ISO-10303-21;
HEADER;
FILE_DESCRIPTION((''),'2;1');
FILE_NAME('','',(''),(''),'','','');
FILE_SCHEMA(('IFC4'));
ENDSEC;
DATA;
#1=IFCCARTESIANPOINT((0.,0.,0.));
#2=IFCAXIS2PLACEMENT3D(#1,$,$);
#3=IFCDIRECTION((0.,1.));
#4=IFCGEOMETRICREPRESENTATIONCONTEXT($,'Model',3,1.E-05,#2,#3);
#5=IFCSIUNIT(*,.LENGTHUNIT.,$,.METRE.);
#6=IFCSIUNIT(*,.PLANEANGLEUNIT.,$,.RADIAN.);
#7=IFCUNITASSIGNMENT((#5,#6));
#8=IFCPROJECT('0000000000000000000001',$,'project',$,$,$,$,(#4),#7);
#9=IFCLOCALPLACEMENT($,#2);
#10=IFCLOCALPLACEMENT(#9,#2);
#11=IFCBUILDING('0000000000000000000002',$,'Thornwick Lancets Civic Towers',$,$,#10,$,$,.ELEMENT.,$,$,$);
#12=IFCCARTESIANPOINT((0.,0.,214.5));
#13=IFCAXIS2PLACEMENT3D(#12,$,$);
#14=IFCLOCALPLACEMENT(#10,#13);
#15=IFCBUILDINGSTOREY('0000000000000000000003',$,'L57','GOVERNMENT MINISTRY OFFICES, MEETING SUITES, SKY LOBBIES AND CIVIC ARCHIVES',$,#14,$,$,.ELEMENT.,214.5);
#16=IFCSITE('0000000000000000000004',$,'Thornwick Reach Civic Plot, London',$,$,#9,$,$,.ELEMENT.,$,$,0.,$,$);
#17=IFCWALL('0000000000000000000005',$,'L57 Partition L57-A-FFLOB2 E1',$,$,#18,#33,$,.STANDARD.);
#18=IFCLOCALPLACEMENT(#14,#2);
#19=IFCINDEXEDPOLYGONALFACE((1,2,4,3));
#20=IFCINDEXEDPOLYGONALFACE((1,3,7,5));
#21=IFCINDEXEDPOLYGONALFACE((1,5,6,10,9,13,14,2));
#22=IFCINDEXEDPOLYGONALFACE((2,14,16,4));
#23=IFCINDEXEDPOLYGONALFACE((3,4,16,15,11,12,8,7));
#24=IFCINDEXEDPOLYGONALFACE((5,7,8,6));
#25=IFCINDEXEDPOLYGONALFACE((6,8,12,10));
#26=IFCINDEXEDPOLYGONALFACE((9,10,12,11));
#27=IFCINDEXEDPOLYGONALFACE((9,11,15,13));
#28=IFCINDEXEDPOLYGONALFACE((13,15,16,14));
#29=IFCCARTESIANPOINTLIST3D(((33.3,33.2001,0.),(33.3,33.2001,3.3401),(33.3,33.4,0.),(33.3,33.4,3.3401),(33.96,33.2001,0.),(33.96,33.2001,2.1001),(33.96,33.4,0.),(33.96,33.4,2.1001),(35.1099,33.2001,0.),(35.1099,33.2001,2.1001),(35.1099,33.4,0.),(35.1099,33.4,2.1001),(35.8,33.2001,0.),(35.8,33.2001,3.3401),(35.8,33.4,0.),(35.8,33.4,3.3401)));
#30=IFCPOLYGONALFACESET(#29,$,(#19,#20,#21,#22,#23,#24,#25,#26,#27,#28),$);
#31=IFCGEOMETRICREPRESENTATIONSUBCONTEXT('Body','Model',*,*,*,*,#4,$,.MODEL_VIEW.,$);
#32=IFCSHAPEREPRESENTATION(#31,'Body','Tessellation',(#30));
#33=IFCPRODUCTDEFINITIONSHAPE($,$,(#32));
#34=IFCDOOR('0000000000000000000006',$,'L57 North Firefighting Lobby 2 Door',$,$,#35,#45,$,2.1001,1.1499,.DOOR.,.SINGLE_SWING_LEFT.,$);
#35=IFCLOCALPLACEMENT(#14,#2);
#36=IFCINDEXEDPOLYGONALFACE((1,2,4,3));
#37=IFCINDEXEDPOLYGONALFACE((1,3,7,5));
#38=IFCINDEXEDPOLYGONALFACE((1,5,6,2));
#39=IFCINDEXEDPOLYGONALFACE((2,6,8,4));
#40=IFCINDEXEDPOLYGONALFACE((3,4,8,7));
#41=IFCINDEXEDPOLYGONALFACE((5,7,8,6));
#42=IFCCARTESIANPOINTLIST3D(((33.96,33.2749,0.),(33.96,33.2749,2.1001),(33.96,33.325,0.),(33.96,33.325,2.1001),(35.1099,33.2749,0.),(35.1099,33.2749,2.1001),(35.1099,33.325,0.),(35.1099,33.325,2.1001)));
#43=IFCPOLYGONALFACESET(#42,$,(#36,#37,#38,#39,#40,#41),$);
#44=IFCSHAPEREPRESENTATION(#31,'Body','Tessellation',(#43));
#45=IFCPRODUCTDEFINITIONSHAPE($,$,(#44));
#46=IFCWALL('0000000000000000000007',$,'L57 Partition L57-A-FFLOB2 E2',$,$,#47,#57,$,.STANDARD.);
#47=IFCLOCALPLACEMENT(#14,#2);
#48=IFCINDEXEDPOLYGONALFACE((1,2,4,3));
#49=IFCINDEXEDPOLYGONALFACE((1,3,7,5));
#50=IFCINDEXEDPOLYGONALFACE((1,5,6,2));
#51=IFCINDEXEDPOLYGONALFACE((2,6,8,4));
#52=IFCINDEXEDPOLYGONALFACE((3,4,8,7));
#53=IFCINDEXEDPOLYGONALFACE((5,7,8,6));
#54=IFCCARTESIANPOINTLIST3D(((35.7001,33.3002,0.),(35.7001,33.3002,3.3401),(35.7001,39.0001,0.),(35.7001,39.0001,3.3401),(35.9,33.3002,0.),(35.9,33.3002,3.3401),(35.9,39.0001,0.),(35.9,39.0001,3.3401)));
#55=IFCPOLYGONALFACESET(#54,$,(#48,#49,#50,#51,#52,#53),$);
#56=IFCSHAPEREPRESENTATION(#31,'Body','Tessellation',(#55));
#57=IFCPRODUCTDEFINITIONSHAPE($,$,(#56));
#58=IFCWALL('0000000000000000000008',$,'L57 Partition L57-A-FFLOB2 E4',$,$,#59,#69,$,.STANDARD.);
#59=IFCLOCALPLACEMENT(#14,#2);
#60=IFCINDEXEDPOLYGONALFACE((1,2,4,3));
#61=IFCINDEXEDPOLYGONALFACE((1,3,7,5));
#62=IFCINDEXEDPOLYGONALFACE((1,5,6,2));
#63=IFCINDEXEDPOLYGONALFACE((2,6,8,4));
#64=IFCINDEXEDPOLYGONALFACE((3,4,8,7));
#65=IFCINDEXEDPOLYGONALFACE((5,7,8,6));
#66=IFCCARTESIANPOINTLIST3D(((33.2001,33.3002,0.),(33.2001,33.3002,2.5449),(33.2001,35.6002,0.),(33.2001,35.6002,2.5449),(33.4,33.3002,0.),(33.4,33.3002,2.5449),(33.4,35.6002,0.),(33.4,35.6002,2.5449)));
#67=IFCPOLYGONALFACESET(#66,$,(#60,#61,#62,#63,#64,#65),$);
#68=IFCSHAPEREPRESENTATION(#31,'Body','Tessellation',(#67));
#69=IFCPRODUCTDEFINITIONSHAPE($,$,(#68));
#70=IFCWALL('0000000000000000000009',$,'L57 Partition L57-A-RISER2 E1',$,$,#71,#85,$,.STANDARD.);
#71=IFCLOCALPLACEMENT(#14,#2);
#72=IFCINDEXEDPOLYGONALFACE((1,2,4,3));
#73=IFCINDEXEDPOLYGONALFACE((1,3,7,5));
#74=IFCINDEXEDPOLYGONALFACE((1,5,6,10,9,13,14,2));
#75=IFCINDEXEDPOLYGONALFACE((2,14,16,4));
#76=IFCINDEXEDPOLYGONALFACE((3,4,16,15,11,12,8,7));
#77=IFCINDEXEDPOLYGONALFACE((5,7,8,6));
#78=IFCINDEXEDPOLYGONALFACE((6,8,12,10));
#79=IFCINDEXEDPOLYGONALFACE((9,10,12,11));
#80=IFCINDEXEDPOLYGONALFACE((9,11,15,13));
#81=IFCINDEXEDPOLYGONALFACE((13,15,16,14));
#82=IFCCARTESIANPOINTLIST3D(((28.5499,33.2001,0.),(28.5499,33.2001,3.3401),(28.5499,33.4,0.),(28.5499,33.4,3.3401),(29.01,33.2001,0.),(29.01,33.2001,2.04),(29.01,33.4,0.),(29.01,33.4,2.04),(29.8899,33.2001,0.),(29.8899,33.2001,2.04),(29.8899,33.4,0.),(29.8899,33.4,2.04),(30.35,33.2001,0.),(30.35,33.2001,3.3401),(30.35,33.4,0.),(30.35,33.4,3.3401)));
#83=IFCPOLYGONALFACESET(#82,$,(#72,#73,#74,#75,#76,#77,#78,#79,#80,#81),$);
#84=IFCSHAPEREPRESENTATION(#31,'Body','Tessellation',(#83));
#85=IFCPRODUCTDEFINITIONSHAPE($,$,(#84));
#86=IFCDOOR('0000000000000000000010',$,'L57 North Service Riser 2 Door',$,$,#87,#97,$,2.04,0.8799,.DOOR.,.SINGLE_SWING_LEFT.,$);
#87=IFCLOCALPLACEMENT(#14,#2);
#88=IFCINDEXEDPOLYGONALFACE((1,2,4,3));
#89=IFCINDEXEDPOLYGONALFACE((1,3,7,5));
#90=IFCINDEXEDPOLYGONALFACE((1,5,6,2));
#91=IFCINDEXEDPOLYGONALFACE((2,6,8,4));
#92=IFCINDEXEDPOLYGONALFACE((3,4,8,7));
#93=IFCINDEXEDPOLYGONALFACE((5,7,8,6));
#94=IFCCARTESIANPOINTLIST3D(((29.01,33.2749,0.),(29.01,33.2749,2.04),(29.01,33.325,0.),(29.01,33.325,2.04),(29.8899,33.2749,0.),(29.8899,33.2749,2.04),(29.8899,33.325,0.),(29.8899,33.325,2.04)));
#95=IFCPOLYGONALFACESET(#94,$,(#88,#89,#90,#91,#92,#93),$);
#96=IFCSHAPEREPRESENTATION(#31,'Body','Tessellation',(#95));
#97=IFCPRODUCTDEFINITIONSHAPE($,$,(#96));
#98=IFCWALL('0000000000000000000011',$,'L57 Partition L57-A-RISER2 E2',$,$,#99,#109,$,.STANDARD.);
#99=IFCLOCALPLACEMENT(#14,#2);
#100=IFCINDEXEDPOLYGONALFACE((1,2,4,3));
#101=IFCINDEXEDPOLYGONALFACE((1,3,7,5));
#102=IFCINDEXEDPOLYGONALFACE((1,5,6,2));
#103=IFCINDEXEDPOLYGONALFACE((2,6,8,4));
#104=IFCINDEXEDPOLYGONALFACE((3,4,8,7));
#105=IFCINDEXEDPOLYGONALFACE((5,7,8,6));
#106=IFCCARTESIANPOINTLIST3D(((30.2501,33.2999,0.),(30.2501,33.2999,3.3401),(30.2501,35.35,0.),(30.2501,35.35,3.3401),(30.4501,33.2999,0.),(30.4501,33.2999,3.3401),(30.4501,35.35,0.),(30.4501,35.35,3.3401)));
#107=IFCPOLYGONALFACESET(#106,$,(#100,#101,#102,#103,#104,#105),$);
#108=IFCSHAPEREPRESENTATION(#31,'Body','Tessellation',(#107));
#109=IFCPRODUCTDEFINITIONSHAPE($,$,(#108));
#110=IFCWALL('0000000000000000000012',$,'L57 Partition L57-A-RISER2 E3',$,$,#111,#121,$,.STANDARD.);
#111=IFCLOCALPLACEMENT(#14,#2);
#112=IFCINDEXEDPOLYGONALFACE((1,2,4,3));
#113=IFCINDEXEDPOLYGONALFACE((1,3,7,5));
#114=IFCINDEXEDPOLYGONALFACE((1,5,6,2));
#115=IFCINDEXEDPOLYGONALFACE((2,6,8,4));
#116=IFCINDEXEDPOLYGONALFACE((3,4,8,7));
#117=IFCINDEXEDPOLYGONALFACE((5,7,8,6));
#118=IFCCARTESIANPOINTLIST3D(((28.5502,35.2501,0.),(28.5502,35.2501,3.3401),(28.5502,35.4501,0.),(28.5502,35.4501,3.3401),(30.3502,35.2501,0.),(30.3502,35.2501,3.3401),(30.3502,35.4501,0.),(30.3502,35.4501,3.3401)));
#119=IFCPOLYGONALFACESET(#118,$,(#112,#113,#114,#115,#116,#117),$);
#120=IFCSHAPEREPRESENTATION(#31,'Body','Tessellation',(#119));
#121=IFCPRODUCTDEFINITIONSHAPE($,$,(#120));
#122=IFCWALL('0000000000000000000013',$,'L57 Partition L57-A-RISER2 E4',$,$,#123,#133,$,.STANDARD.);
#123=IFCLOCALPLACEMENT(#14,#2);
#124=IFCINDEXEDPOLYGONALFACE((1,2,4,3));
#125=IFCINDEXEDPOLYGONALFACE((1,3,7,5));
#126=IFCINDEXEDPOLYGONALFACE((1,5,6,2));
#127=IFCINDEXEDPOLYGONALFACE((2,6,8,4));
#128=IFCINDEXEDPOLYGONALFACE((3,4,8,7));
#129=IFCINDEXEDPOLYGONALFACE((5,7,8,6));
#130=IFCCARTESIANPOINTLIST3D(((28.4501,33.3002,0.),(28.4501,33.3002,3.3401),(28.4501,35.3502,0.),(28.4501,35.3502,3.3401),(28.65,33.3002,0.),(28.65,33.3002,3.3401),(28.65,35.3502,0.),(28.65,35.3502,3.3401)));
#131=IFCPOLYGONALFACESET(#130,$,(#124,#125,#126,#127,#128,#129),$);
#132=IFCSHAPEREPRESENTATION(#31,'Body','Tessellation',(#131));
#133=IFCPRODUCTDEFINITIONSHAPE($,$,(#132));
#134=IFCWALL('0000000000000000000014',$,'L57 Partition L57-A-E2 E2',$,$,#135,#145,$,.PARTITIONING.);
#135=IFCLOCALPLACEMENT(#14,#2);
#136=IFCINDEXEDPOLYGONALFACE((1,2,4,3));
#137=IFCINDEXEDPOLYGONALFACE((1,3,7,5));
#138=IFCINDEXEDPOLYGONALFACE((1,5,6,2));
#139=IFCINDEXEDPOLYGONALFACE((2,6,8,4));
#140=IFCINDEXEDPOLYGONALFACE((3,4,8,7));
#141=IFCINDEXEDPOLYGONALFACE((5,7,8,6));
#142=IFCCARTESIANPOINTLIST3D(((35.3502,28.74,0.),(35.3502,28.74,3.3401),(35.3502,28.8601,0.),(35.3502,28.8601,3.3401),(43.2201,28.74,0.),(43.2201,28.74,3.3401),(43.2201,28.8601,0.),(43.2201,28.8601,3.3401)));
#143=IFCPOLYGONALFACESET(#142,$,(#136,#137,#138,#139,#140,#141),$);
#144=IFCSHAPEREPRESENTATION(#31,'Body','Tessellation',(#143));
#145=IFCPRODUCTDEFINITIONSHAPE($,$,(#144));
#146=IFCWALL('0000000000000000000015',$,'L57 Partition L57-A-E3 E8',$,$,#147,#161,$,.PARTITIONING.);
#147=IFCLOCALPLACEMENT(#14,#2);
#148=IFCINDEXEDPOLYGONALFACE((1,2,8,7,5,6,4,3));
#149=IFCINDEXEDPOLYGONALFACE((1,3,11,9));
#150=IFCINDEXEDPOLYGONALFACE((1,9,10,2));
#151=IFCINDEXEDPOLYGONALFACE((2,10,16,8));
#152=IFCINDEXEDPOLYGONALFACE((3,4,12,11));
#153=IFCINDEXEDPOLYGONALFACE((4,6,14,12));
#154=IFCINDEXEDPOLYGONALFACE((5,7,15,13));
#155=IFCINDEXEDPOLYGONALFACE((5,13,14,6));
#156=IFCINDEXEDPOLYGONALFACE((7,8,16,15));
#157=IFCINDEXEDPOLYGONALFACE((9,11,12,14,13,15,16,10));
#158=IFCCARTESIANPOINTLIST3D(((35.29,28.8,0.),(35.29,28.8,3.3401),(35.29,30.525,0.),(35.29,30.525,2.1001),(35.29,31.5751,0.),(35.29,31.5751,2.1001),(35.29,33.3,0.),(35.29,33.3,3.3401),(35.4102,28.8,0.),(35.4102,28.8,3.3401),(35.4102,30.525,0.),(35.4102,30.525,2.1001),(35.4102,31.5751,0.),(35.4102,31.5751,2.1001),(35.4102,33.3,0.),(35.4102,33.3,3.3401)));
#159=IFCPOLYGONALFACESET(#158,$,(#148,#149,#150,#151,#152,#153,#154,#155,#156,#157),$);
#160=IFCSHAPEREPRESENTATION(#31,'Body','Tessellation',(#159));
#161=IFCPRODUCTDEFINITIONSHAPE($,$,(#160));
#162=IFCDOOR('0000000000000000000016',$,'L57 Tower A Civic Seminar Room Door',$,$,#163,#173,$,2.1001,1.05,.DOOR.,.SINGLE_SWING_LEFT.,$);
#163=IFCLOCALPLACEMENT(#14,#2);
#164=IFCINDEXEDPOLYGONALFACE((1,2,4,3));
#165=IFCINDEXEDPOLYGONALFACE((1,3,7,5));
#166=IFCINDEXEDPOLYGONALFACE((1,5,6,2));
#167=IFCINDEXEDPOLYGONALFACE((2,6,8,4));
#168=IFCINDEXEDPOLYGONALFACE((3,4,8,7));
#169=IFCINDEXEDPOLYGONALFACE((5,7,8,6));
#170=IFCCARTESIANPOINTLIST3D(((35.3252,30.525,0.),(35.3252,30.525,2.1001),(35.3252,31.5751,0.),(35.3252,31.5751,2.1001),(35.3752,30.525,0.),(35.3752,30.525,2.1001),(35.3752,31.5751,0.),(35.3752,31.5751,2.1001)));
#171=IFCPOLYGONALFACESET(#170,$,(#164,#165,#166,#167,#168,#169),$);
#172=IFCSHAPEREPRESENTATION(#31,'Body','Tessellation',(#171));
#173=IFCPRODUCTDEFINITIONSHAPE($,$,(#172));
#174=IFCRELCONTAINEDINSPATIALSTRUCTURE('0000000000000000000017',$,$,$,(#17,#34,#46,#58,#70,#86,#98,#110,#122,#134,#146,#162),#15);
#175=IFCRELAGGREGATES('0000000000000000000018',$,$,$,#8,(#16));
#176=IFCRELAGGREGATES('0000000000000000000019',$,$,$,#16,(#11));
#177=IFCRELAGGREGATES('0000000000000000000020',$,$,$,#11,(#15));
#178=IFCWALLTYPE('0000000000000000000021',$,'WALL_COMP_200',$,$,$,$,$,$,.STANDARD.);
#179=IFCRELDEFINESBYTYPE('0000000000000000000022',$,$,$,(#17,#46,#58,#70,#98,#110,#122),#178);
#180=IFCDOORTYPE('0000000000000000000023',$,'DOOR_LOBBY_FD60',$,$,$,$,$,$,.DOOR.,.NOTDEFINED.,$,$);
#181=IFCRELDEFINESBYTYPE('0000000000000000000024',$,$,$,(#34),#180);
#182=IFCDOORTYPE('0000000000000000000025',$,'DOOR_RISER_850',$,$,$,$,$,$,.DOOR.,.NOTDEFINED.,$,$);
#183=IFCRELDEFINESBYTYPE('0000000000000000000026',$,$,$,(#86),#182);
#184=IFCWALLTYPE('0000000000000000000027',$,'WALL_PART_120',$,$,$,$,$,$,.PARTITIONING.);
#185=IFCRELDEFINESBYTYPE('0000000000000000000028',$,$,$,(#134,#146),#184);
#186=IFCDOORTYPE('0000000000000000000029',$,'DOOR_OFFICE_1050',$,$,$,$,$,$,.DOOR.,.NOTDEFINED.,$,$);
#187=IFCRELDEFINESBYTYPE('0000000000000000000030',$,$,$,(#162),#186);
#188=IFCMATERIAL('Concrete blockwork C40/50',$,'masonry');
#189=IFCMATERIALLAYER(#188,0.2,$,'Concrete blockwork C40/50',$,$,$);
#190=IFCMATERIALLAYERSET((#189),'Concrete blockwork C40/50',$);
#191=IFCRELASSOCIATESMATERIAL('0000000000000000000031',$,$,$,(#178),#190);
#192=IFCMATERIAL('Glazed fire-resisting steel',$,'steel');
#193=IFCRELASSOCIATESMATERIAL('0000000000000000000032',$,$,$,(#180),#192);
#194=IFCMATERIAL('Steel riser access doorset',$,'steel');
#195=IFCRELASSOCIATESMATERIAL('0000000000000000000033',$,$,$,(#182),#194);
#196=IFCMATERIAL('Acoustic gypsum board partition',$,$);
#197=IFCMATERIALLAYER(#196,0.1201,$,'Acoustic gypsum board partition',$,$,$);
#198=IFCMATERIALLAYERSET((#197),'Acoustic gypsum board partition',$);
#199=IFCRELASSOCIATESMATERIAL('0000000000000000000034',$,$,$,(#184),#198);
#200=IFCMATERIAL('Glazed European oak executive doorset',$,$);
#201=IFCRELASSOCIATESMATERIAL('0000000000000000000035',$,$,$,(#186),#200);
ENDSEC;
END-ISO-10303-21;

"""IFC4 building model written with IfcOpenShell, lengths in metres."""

from ifc_helpers import new_model, si_unit, direction, frame, frame_2d, origin, place, context, subcontext, project, spatial, rectangle, extrude, material, layer, layer_set, type_object, element, fill, save


model = new_model("IFC4")

# Units and contexts
model_context = context("Model", 3, precision=1e-05, world=origin(), true_north=direction((0.0, 1.0)))
body_context = subcontext(model_context, "Body", "Model", "MODEL_VIEW")
ifc_project = project(units=[si_unit("LENGTHUNIT", "METRE"), si_unit("PLANEANGLEUNIT", "RADIAN")], contexts=[model_context])

# Site, building, storey
site_placement = place(None, origin())
site = spatial("IfcSite", under=ifc_project, at=site_placement, Name="Thornwick Reach Civic Plot, London", CompositionType="ELEMENT", RefElevation=0.0)
building_placement = place(site_placement, origin())
building = spatial("IfcBuilding", under=site, at=building_placement, Name="Thornwick Lancets Civic Towers", CompositionType="ELEMENT")
storey_placement = place(building_placement, frame((0.0, 0.0, 214.5)))
storey = spatial("IfcBuildingStorey", under=building, at=storey_placement, Name="L57", Description="GOVERNMENT MINISTRY OFFICES, MEETING SUITES, SKY LOBBIES AND CIVIC ARCHIVES", CompositionType="ELEMENT", Elevation=214.5)

# Shared definitions
ifc_material_1 = material(Name="Concrete blockwork C40/50", Category="masonry")
ifc_layer_1 = layer(ifc_material_1, 0.2, Name="Concrete blockwork C40/50")
ifc_layer_set_1 = layer_set([ifc_layer_1], Name="Concrete blockwork C40/50")
wall_type_1 = type_object("IfcWallType", Name="WALL_COMP_200", PredefinedType="STANDARD", material=ifc_layer_set_1)

# Wall, opening, door
wall_1_placement = place(storey_placement, frame((33.3, 33.3, 0.0), z_axis=(0.0, 0.0, 1.0), x_axis=(1.0, 0.0, 0.0)))
wall_1 = element("IfcWall", 1, at=wall_1_placement, inside=storey, type_object=wall_type_1, Name="L57 Partition L57-A-FFLOB2 E1", PredefinedType="STANDARD", context=body_context, shape_type="SweptSolid", body=[
    extrude(rectangle(XDim=2.5, YDim=0.2, at=frame_2d((1.25, 0.0))), origin(), (0.0, 0.0, 1.0), 3.3401),
])
opening_1_placement = place(wall_1_placement, frame((0.6599, 0.0, 0.0)))
opening_1 = element("IfcOpeningElement", 2, at=opening_1_placement, cuts=wall_1, PredefinedType="OPENING", context=body_context, shape_type="SweptSolid", body=[
    extrude(rectangle(XDim=1.1499, YDim=2.1001, at=frame_2d((0.575, 1.05))), frame((0.0, 0.1099, 0.0), z_axis=(0.0, -1.0, 0.0), x_axis=(1.0, 0.0, 0.0)), (0.0, 0.0, 1.0), 0.22),
])
ifc_material_2 = material(Name="Glazed fire-resisting steel", Category="steel")
door_type_1 = type_object("IfcDoorType", Name="DOOR_LOBBY_FD60", OperationType="NOTDEFINED", PredefinedType="DOOR", material=ifc_material_2)
door_1_placement = place(opening_1_placement, origin())
door_1 = element("IfcDoor", 3, at=door_1_placement, inside=storey, type_object=door_type_1, Name="L57 North Firefighting Lobby 2 Door", OperationType="SINGLE_SWING_LEFT", OverallHeight=2.1001, OverallWidth=1.1499, PredefinedType="DOOR", context=body_context, shape_type="SweptSolid", body=[
    extrude(rectangle(XDim=1.1499, YDim=2.1001, at=frame_2d((0.575, 1.05))), frame((0.0, 0.0249, 0.0), z_axis=(0.0, -1.0, 0.0), x_axis=(1.0, 0.0, 0.0)), (0.0, 0.0, 1.0), 0.05),
])
fill(opening_1, door_1)

# Walls
wall_2_placement = place(storey_placement, frame((35.8, 33.3, 0.0), z_axis=(0.0, 0.0, 1.0), x_axis=(0.0, 1.0, 0.0)))
element("IfcWall", 4, at=wall_2_placement, inside=storey, type_object=wall_type_1, Name="L57 Partition L57-A-FFLOB2 E2", PredefinedType="STANDARD", context=body_context, shape_type="SweptSolid", body=[
    extrude(rectangle(XDim=5.7, YDim=0.2, at=frame_2d((2.8501, 0.0))), origin(), (0.0, 0.0, 1.0), 3.3401),
])
wall_3_placement = place(storey_placement, frame((33.3, 35.6001, 0.0), z_axis=(0.0, 0.0, 1.0), x_axis=(0.0, -1.0, 0.0)))
element("IfcWall", 5, at=wall_3_placement, inside=storey, type_object=wall_type_1, Name="L57 Partition L57-A-FFLOB2 E4", PredefinedType="STANDARD", context=body_context, shape_type="SweptSolid", body=[
    extrude(rectangle(XDim=2.3, YDim=0.2, at=frame_2d((1.1499, 0.0))), origin(), (0.0, 0.0, 1.0), 2.5449),
])

# Wall, opening, door
wall_4_placement = place(storey_placement, frame((28.55, 33.3, 0.0), z_axis=(0.0, 0.0, 1.0), x_axis=(1.0, 0.0, 0.0)))
wall_4 = element("IfcWall", 6, at=wall_4_placement, inside=storey, type_object=wall_type_1, Name="L57 Partition L57-A-RISER2 E1", PredefinedType="STANDARD", context=body_context, shape_type="SweptSolid", body=[
    extrude(rectangle(XDim=1.8, YDim=0.2, at=frame_2d((0.8999, 0.0))), origin(), (0.0, 0.0, 1.0), 3.3401),
])
opening_2_placement = place(wall_4_placement, frame((0.46, 0.0, 0.0)))
opening_2 = element("IfcOpeningElement", 7, at=opening_2_placement, cuts=wall_4, PredefinedType="OPENING", context=body_context, shape_type="SweptSolid", body=[
    extrude(rectangle(XDim=0.8799, YDim=2.04, at=frame_2d((0.4399, 1.02))), frame((0.0, 0.1099, 0.0), z_axis=(0.0, -1.0, 0.0), x_axis=(1.0, 0.0, 0.0)), (0.0, 0.0, 1.0), 0.22),
])
ifc_material_3 = material(Name="Steel riser access doorset", Category="steel")
door_type_2 = type_object("IfcDoorType", Name="DOOR_RISER_850", OperationType="NOTDEFINED", PredefinedType="DOOR", material=ifc_material_3)
door_2_placement = place(opening_2_placement, origin())
door_2 = element("IfcDoor", 8, at=door_2_placement, inside=storey, type_object=door_type_2, Name="L57 North Service Riser 2 Door", OperationType="SINGLE_SWING_LEFT", OverallHeight=2.04, OverallWidth=0.8799, PredefinedType="DOOR", context=body_context, shape_type="SweptSolid", body=[
    extrude(rectangle(XDim=0.8799, YDim=2.04, at=frame_2d((0.4399, 1.02))), frame((0.0, 0.0249, 0.0), z_axis=(0.0, -1.0, 0.0), x_axis=(1.0, 0.0, 0.0)), (0.0, 0.0, 1.0), 0.05),
])
fill(opening_2, door_2)

# Walls
wall_5_placement = place(storey_placement, frame((30.3501, 33.3, 0.0), z_axis=(0.0, 0.0, 1.0), x_axis=(0.0, 1.0, 0.0)))
element("IfcWall", 9, at=wall_5_placement, inside=storey, type_object=wall_type_1, Name="L57 Partition L57-A-RISER2 E2", PredefinedType="STANDARD", context=body_context, shape_type="SweptSolid", body=[
    extrude(rectangle(XDim=2.05, YDim=0.2, at=frame_2d((1.0249, 0.0))), origin(), (0.0, 0.0, 1.0), 3.3401),
])
wall_6_placement = place(storey_placement, frame((30.3501, 35.3501, 0.0), z_axis=(0.0, 0.0, 1.0), x_axis=(-1.0, 0.0, 0.0)))
element("IfcWall", 10, at=wall_6_placement, inside=storey, type_object=wall_type_1, Name="L57 Partition L57-A-RISER2 E3", PredefinedType="STANDARD", context=body_context, shape_type="SweptSolid", body=[
    extrude(rectangle(XDim=1.8, YDim=0.2, at=frame_2d((0.8999, 0.0))), origin(), (0.0, 0.0, 1.0), 3.3401),
])
wall_7_placement = place(storey_placement, frame((28.55, 35.3501, 0.0), z_axis=(0.0, 0.0, 1.0), x_axis=(0.0, -1.0, 0.0)))
element("IfcWall", 11, at=wall_7_placement, inside=storey, type_object=wall_type_1, Name="L57 Partition L57-A-RISER2 E4", PredefinedType="STANDARD", context=body_context, shape_type="SweptSolid", body=[
    extrude(rectangle(XDim=2.05, YDim=0.2, at=frame_2d((1.0249, 0.0))), origin(), (0.0, 0.0, 1.0), 3.3401),
])
ifc_material_4 = material(Name="Acoustic gypsum board partition")
ifc_layer_2 = layer(ifc_material_4, 0.1201, Name="Acoustic gypsum board partition")
ifc_layer_set_2 = layer_set([ifc_layer_2], Name="Acoustic gypsum board partition")
wall_type_2 = type_object("IfcWallType", Name="WALL_PART_120", PredefinedType="PARTITIONING", material=ifc_layer_set_2)
wall_8_placement = place(storey_placement, frame((35.3501, 28.8, 0.0), z_axis=(0.0, 0.0, 1.0), x_axis=(1.0, 0.0, 0.0)))
element("IfcWall", 12, at=wall_8_placement, inside=storey, type_object=wall_type_2, Name="L57 Partition L57-A-E2 E2", PredefinedType="PARTITIONING", context=body_context, shape_type="SweptSolid", body=[
    extrude(rectangle(XDim=7.8699, YDim=0.1201, at=frame_2d((3.9351, 0.0))), origin(), (0.0, 0.0, 1.0), 3.3401),
])

# Wall, opening, door
wall_9_placement = place(storey_placement, frame((35.3501, 28.8, 0.0), z_axis=(0.0, 0.0, 1.0), x_axis=(0.0, 1.0, 0.0)))
wall_9 = element("IfcWall", 13, at=wall_9_placement, inside=storey, type_object=wall_type_2, Name="L57 Partition L57-A-E3 E8", PredefinedType="PARTITIONING", context=body_context, shape_type="SweptSolid", body=[
    extrude(rectangle(XDim=4.5, YDim=0.1201, at=frame_2d((2.25, 0.0))), origin(), (0.0, 0.0, 1.0), 3.3401),
])
opening_3_placement = place(wall_9_placement, frame((1.7251, 0.0, 0.0)))
opening_3 = element("IfcOpeningElement", 14, at=opening_3_placement, cuts=wall_9, PredefinedType="OPENING", context=body_context, shape_type="SweptSolid", body=[
    extrude(rectangle(XDim=1.05, YDim=2.1001, at=frame_2d((0.5249, 1.05))), frame((0.0, 0.0701, 0.0), z_axis=(0.0, -1.0, 0.0), x_axis=(1.0, 0.0, 0.0)), (0.0, 0.0, 1.0), 0.1401),
])
ifc_material_5 = material(Name="Glazed European oak executive doorset")
door_type_3 = type_object("IfcDoorType", Name="DOOR_OFFICE_1050", OperationType="NOTDEFINED", PredefinedType="DOOR", material=ifc_material_5)
door_3_placement = place(opening_3_placement, origin())
door_3 = element("IfcDoor", 15, at=door_3_placement, inside=storey, type_object=door_type_3, Name="L57 Tower A Civic Seminar Room Door", OperationType="SINGLE_SWING_LEFT", OverallHeight=2.1001, OverallWidth=1.05, PredefinedType="DOOR", context=body_context, shape_type="SweptSolid", body=[
    extrude(rectangle(XDim=1.05, YDim=2.1001, at=frame_2d((0.5249, 1.05))), frame((0.0, 0.0249, 0.0), z_axis=(0.0, -1.0, 0.0), x_axis=(1.0, 0.0, 0.0)), (0.0, 0.0, 1.0), 0.05),
])
fill(opening_3, door_3)

save(model, "model.ifc")
